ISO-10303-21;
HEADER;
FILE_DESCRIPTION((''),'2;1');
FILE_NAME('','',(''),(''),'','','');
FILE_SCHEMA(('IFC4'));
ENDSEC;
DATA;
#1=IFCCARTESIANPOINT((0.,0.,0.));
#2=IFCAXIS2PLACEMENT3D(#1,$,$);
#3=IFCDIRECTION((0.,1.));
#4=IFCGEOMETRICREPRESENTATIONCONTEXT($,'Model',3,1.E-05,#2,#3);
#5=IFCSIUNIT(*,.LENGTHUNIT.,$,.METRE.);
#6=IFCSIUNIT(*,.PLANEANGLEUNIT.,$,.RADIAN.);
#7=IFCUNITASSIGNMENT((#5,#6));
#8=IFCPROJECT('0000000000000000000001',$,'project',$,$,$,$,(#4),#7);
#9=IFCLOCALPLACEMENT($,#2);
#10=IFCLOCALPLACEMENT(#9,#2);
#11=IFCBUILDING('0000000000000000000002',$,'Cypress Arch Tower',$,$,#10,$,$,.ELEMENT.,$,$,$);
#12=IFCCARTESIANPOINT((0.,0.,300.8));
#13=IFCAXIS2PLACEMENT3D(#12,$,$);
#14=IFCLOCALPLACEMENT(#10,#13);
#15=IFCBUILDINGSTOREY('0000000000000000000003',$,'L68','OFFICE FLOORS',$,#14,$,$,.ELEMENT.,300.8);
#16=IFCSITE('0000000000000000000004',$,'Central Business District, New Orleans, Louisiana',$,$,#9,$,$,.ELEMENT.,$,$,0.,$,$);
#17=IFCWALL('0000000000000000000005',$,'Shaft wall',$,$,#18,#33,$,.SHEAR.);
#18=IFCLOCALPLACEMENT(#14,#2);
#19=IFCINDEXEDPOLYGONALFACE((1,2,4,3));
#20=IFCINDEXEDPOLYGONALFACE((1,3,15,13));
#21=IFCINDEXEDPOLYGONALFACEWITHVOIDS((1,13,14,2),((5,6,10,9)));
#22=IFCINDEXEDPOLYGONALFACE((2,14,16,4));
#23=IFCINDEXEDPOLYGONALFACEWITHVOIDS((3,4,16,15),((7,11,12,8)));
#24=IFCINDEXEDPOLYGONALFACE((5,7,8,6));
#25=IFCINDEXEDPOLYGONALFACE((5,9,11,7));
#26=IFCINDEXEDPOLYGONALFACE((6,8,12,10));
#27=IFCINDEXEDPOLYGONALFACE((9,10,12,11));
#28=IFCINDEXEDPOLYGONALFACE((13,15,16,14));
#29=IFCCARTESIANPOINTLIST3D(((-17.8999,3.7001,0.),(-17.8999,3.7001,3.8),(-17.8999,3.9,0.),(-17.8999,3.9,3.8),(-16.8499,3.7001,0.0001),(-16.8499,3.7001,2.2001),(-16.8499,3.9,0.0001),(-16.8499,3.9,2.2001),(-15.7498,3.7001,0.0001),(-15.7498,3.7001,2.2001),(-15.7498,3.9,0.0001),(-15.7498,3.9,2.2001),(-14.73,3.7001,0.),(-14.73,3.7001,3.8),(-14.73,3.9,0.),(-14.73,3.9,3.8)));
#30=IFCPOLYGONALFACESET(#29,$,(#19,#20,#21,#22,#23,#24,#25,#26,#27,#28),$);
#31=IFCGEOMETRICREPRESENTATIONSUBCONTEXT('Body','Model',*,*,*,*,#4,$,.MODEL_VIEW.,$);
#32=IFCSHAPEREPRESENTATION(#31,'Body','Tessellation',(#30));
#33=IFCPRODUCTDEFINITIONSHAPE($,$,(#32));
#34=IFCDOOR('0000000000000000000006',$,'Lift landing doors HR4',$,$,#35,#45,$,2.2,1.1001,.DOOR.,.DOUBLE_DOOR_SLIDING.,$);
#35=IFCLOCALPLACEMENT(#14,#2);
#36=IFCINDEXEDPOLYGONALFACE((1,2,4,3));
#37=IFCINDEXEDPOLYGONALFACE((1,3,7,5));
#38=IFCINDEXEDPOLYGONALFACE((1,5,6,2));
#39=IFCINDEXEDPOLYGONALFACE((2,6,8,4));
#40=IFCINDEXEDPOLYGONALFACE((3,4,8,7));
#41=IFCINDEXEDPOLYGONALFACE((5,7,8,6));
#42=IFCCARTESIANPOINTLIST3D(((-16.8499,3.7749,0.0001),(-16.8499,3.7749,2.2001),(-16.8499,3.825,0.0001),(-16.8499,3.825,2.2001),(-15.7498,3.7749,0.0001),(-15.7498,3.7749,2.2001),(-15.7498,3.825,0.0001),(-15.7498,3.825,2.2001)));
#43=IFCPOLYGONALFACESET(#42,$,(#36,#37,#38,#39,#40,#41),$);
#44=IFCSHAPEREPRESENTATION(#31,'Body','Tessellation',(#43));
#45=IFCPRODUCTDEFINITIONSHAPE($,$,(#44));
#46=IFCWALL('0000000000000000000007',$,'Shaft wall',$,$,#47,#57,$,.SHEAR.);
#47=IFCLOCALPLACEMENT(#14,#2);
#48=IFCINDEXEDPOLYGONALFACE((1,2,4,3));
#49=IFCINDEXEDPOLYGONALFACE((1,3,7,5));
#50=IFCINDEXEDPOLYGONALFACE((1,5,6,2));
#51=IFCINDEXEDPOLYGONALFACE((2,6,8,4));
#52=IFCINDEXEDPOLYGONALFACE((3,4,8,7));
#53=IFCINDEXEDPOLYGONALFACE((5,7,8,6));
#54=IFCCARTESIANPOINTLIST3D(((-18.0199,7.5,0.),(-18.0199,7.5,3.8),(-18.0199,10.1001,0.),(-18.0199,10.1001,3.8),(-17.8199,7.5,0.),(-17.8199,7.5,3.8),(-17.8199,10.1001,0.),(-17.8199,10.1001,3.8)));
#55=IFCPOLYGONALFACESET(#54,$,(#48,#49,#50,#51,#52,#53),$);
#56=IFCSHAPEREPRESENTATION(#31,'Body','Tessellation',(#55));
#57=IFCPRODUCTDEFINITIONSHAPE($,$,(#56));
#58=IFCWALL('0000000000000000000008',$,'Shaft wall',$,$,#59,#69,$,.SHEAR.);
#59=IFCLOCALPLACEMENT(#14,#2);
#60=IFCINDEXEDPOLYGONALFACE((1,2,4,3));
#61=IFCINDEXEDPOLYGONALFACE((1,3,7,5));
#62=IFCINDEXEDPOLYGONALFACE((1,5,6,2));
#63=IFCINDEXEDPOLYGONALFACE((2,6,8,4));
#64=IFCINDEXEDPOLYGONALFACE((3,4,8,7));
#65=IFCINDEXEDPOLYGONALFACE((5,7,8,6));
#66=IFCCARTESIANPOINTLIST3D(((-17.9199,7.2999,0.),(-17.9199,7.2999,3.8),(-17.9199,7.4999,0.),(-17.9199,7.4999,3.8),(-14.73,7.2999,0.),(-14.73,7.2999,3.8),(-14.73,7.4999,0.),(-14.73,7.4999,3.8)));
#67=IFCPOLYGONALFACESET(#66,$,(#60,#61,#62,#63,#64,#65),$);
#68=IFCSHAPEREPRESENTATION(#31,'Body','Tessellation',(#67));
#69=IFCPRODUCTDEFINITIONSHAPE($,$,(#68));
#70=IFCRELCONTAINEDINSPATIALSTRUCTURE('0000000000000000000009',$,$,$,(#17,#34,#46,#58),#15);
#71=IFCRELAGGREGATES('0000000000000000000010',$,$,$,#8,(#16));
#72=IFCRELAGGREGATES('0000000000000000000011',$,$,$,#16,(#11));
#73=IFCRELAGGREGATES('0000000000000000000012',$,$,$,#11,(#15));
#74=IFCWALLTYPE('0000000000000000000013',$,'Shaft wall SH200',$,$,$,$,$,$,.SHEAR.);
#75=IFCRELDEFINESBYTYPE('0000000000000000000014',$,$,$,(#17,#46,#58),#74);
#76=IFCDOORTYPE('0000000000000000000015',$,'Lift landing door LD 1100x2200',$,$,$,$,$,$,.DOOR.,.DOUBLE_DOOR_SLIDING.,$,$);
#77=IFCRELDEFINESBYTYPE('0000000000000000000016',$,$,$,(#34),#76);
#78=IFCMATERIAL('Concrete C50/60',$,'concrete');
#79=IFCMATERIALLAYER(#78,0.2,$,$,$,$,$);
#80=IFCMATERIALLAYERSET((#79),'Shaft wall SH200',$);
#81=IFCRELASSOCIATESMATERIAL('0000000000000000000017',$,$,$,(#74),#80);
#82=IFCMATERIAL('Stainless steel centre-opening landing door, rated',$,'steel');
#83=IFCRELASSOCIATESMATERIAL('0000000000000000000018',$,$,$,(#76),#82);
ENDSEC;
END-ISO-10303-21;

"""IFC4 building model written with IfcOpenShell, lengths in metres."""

from ifc_helpers import new_model, si_unit, direction, frame, frame_2d, origin, place, context, subcontext, project, spatial, rectangle, extrude, material, layer, layer_set, type_object, element, fill, save


model = new_model("IFC4")

# Units and contexts
model_context = context("Model", 3, precision=1e-05, world=origin(), true_north=direction((0.0, 1.0)))
body_context = subcontext(model_context, "Body", "Model", "MODEL_VIEW")
ifc_project = project(units=[si_unit("LENGTHUNIT", "METRE"), si_unit("PLANEANGLEUNIT", "RADIAN")], contexts=[model_context])

# Site, building, storey
site_placement = place(None, origin())
site = spatial("IfcSite", under=ifc_project, at=site_placement, Name="Central Business District, New Orleans, Louisiana", CompositionType="ELEMENT", RefElevation=0.0)
building_placement = place(site_placement, origin())
building = spatial("IfcBuilding", under=site, at=building_placement, Name="Cypress Arch Tower", CompositionType="ELEMENT")
storey_placement = place(building_placement, frame((0.0, 0.0, 300.8)))
storey = spatial("IfcBuildingStorey", under=building, at=storey_placement, Name="L68", Description="OFFICE FLOORS", CompositionType="ELEMENT", Elevation=300.8)

# Shared definitions
ifc_material_1 = material(Name="Concrete C50/60", Category="concrete")
ifc_layer_1 = layer(ifc_material_1, 0.2)
ifc_layer_set_1 = layer_set([ifc_layer_1], Name="Shaft wall SH200")
wall_type_1 = type_object("IfcWallType", Name="Shaft wall SH200", PredefinedType="SHEAR", material=ifc_layer_set_1)

# Wall, opening, door
wall_1_placement = place(storey_placement, frame((-17.8999, 3.8, 0.0), z_axis=(0.0, 0.0, 1.0), x_axis=(1.0, 0.0, 0.0)))
wall_1 = element("IfcWall", 1, at=wall_1_placement, inside=storey, type_object=wall_type_1, Name="Shaft wall", PredefinedType="SHEAR", context=body_context, shape_type="SweptSolid", body=[
    extrude(rectangle(XDim=3.1699, YDim=0.2, at=frame_2d((1.585, 0.0))), origin(), (0.0, 0.0, 1.0), 3.8),
])
opening_placement = place(wall_1_placement, frame((1.05, 0.0, 0.0)))
opening = element("IfcOpeningElement", 2, at=opening_placement, cuts=wall_1, PredefinedType="OPENING", context=body_context, shape_type="SweptSolid", body=[
    extrude(rectangle(XDim=1.1001, YDim=2.2, at=frame_2d((0.55, 1.1001))), frame((0.0, 0.1099, 0.0), z_axis=(0.0, -1.0, 0.0), x_axis=(1.0, 0.0, 0.0)), (0.0, 0.0, 1.0), 0.22),
])
ifc_material_2 = material(Name="Stainless steel centre-opening landing door, rated", Category="steel")
door_type = type_object("IfcDoorType", Name="Lift landing door LD 1100x2200", OperationType="DOUBLE_DOOR_SLIDING", PredefinedType="DOOR", material=ifc_material_2)
door_placement = place(opening_placement, origin())
door = element("IfcDoor", 3, at=door_placement, inside=storey, type_object=door_type, Name="Lift landing doors HR4", OperationType="DOUBLE_DOOR_SLIDING", OverallHeight=2.2, OverallWidth=1.1001, PredefinedType="DOOR", context=body_context, shape_type="SweptSolid", body=[
    extrude(rectangle(XDim=1.1001, YDim=2.2, at=frame_2d((0.55, 1.1001))), frame((0.0, 0.0249, 0.0), z_axis=(0.0, -1.0, 0.0), x_axis=(1.0, 0.0, 0.0)), (0.0, 0.0, 1.0), 0.05),
])
fill(opening, door)

# Walls
wall_2_placement = place(storey_placement, frame((-17.9199, 7.5, 0.0), z_axis=(0.0, 0.0, 1.0), x_axis=(0.0, 1.0, 0.0)))
element("IfcWall", 4, at=wall_2_placement, inside=storey, type_object=wall_type_1, Name="Shaft wall", PredefinedType="SHEAR", context=body_context, shape_type="SweptSolid", body=[
    extrude(rectangle(XDim=2.6001, YDim=0.2, at=frame_2d((1.3, 0.0))), origin(), (0.0, 0.0, 1.0), 3.8),
])
wall_3_placement = place(storey_placement, frame((-17.9199, 7.3999, 0.0), z_axis=(0.0, 0.0, 1.0), x_axis=(1.0, 0.0, 0.0)))
element("IfcWall", 5, at=wall_3_placement, inside=storey, type_object=wall_type_1, Name="Shaft wall", PredefinedType="SHEAR", context=body_context, shape_type="SweptSolid", body=[
    extrude(rectangle(XDim=3.1899, YDim=0.2, at=frame_2d((1.595, 0.0))), origin(), (0.0, 0.0, 1.0), 3.8),
])

save(model, "model.ifc")
